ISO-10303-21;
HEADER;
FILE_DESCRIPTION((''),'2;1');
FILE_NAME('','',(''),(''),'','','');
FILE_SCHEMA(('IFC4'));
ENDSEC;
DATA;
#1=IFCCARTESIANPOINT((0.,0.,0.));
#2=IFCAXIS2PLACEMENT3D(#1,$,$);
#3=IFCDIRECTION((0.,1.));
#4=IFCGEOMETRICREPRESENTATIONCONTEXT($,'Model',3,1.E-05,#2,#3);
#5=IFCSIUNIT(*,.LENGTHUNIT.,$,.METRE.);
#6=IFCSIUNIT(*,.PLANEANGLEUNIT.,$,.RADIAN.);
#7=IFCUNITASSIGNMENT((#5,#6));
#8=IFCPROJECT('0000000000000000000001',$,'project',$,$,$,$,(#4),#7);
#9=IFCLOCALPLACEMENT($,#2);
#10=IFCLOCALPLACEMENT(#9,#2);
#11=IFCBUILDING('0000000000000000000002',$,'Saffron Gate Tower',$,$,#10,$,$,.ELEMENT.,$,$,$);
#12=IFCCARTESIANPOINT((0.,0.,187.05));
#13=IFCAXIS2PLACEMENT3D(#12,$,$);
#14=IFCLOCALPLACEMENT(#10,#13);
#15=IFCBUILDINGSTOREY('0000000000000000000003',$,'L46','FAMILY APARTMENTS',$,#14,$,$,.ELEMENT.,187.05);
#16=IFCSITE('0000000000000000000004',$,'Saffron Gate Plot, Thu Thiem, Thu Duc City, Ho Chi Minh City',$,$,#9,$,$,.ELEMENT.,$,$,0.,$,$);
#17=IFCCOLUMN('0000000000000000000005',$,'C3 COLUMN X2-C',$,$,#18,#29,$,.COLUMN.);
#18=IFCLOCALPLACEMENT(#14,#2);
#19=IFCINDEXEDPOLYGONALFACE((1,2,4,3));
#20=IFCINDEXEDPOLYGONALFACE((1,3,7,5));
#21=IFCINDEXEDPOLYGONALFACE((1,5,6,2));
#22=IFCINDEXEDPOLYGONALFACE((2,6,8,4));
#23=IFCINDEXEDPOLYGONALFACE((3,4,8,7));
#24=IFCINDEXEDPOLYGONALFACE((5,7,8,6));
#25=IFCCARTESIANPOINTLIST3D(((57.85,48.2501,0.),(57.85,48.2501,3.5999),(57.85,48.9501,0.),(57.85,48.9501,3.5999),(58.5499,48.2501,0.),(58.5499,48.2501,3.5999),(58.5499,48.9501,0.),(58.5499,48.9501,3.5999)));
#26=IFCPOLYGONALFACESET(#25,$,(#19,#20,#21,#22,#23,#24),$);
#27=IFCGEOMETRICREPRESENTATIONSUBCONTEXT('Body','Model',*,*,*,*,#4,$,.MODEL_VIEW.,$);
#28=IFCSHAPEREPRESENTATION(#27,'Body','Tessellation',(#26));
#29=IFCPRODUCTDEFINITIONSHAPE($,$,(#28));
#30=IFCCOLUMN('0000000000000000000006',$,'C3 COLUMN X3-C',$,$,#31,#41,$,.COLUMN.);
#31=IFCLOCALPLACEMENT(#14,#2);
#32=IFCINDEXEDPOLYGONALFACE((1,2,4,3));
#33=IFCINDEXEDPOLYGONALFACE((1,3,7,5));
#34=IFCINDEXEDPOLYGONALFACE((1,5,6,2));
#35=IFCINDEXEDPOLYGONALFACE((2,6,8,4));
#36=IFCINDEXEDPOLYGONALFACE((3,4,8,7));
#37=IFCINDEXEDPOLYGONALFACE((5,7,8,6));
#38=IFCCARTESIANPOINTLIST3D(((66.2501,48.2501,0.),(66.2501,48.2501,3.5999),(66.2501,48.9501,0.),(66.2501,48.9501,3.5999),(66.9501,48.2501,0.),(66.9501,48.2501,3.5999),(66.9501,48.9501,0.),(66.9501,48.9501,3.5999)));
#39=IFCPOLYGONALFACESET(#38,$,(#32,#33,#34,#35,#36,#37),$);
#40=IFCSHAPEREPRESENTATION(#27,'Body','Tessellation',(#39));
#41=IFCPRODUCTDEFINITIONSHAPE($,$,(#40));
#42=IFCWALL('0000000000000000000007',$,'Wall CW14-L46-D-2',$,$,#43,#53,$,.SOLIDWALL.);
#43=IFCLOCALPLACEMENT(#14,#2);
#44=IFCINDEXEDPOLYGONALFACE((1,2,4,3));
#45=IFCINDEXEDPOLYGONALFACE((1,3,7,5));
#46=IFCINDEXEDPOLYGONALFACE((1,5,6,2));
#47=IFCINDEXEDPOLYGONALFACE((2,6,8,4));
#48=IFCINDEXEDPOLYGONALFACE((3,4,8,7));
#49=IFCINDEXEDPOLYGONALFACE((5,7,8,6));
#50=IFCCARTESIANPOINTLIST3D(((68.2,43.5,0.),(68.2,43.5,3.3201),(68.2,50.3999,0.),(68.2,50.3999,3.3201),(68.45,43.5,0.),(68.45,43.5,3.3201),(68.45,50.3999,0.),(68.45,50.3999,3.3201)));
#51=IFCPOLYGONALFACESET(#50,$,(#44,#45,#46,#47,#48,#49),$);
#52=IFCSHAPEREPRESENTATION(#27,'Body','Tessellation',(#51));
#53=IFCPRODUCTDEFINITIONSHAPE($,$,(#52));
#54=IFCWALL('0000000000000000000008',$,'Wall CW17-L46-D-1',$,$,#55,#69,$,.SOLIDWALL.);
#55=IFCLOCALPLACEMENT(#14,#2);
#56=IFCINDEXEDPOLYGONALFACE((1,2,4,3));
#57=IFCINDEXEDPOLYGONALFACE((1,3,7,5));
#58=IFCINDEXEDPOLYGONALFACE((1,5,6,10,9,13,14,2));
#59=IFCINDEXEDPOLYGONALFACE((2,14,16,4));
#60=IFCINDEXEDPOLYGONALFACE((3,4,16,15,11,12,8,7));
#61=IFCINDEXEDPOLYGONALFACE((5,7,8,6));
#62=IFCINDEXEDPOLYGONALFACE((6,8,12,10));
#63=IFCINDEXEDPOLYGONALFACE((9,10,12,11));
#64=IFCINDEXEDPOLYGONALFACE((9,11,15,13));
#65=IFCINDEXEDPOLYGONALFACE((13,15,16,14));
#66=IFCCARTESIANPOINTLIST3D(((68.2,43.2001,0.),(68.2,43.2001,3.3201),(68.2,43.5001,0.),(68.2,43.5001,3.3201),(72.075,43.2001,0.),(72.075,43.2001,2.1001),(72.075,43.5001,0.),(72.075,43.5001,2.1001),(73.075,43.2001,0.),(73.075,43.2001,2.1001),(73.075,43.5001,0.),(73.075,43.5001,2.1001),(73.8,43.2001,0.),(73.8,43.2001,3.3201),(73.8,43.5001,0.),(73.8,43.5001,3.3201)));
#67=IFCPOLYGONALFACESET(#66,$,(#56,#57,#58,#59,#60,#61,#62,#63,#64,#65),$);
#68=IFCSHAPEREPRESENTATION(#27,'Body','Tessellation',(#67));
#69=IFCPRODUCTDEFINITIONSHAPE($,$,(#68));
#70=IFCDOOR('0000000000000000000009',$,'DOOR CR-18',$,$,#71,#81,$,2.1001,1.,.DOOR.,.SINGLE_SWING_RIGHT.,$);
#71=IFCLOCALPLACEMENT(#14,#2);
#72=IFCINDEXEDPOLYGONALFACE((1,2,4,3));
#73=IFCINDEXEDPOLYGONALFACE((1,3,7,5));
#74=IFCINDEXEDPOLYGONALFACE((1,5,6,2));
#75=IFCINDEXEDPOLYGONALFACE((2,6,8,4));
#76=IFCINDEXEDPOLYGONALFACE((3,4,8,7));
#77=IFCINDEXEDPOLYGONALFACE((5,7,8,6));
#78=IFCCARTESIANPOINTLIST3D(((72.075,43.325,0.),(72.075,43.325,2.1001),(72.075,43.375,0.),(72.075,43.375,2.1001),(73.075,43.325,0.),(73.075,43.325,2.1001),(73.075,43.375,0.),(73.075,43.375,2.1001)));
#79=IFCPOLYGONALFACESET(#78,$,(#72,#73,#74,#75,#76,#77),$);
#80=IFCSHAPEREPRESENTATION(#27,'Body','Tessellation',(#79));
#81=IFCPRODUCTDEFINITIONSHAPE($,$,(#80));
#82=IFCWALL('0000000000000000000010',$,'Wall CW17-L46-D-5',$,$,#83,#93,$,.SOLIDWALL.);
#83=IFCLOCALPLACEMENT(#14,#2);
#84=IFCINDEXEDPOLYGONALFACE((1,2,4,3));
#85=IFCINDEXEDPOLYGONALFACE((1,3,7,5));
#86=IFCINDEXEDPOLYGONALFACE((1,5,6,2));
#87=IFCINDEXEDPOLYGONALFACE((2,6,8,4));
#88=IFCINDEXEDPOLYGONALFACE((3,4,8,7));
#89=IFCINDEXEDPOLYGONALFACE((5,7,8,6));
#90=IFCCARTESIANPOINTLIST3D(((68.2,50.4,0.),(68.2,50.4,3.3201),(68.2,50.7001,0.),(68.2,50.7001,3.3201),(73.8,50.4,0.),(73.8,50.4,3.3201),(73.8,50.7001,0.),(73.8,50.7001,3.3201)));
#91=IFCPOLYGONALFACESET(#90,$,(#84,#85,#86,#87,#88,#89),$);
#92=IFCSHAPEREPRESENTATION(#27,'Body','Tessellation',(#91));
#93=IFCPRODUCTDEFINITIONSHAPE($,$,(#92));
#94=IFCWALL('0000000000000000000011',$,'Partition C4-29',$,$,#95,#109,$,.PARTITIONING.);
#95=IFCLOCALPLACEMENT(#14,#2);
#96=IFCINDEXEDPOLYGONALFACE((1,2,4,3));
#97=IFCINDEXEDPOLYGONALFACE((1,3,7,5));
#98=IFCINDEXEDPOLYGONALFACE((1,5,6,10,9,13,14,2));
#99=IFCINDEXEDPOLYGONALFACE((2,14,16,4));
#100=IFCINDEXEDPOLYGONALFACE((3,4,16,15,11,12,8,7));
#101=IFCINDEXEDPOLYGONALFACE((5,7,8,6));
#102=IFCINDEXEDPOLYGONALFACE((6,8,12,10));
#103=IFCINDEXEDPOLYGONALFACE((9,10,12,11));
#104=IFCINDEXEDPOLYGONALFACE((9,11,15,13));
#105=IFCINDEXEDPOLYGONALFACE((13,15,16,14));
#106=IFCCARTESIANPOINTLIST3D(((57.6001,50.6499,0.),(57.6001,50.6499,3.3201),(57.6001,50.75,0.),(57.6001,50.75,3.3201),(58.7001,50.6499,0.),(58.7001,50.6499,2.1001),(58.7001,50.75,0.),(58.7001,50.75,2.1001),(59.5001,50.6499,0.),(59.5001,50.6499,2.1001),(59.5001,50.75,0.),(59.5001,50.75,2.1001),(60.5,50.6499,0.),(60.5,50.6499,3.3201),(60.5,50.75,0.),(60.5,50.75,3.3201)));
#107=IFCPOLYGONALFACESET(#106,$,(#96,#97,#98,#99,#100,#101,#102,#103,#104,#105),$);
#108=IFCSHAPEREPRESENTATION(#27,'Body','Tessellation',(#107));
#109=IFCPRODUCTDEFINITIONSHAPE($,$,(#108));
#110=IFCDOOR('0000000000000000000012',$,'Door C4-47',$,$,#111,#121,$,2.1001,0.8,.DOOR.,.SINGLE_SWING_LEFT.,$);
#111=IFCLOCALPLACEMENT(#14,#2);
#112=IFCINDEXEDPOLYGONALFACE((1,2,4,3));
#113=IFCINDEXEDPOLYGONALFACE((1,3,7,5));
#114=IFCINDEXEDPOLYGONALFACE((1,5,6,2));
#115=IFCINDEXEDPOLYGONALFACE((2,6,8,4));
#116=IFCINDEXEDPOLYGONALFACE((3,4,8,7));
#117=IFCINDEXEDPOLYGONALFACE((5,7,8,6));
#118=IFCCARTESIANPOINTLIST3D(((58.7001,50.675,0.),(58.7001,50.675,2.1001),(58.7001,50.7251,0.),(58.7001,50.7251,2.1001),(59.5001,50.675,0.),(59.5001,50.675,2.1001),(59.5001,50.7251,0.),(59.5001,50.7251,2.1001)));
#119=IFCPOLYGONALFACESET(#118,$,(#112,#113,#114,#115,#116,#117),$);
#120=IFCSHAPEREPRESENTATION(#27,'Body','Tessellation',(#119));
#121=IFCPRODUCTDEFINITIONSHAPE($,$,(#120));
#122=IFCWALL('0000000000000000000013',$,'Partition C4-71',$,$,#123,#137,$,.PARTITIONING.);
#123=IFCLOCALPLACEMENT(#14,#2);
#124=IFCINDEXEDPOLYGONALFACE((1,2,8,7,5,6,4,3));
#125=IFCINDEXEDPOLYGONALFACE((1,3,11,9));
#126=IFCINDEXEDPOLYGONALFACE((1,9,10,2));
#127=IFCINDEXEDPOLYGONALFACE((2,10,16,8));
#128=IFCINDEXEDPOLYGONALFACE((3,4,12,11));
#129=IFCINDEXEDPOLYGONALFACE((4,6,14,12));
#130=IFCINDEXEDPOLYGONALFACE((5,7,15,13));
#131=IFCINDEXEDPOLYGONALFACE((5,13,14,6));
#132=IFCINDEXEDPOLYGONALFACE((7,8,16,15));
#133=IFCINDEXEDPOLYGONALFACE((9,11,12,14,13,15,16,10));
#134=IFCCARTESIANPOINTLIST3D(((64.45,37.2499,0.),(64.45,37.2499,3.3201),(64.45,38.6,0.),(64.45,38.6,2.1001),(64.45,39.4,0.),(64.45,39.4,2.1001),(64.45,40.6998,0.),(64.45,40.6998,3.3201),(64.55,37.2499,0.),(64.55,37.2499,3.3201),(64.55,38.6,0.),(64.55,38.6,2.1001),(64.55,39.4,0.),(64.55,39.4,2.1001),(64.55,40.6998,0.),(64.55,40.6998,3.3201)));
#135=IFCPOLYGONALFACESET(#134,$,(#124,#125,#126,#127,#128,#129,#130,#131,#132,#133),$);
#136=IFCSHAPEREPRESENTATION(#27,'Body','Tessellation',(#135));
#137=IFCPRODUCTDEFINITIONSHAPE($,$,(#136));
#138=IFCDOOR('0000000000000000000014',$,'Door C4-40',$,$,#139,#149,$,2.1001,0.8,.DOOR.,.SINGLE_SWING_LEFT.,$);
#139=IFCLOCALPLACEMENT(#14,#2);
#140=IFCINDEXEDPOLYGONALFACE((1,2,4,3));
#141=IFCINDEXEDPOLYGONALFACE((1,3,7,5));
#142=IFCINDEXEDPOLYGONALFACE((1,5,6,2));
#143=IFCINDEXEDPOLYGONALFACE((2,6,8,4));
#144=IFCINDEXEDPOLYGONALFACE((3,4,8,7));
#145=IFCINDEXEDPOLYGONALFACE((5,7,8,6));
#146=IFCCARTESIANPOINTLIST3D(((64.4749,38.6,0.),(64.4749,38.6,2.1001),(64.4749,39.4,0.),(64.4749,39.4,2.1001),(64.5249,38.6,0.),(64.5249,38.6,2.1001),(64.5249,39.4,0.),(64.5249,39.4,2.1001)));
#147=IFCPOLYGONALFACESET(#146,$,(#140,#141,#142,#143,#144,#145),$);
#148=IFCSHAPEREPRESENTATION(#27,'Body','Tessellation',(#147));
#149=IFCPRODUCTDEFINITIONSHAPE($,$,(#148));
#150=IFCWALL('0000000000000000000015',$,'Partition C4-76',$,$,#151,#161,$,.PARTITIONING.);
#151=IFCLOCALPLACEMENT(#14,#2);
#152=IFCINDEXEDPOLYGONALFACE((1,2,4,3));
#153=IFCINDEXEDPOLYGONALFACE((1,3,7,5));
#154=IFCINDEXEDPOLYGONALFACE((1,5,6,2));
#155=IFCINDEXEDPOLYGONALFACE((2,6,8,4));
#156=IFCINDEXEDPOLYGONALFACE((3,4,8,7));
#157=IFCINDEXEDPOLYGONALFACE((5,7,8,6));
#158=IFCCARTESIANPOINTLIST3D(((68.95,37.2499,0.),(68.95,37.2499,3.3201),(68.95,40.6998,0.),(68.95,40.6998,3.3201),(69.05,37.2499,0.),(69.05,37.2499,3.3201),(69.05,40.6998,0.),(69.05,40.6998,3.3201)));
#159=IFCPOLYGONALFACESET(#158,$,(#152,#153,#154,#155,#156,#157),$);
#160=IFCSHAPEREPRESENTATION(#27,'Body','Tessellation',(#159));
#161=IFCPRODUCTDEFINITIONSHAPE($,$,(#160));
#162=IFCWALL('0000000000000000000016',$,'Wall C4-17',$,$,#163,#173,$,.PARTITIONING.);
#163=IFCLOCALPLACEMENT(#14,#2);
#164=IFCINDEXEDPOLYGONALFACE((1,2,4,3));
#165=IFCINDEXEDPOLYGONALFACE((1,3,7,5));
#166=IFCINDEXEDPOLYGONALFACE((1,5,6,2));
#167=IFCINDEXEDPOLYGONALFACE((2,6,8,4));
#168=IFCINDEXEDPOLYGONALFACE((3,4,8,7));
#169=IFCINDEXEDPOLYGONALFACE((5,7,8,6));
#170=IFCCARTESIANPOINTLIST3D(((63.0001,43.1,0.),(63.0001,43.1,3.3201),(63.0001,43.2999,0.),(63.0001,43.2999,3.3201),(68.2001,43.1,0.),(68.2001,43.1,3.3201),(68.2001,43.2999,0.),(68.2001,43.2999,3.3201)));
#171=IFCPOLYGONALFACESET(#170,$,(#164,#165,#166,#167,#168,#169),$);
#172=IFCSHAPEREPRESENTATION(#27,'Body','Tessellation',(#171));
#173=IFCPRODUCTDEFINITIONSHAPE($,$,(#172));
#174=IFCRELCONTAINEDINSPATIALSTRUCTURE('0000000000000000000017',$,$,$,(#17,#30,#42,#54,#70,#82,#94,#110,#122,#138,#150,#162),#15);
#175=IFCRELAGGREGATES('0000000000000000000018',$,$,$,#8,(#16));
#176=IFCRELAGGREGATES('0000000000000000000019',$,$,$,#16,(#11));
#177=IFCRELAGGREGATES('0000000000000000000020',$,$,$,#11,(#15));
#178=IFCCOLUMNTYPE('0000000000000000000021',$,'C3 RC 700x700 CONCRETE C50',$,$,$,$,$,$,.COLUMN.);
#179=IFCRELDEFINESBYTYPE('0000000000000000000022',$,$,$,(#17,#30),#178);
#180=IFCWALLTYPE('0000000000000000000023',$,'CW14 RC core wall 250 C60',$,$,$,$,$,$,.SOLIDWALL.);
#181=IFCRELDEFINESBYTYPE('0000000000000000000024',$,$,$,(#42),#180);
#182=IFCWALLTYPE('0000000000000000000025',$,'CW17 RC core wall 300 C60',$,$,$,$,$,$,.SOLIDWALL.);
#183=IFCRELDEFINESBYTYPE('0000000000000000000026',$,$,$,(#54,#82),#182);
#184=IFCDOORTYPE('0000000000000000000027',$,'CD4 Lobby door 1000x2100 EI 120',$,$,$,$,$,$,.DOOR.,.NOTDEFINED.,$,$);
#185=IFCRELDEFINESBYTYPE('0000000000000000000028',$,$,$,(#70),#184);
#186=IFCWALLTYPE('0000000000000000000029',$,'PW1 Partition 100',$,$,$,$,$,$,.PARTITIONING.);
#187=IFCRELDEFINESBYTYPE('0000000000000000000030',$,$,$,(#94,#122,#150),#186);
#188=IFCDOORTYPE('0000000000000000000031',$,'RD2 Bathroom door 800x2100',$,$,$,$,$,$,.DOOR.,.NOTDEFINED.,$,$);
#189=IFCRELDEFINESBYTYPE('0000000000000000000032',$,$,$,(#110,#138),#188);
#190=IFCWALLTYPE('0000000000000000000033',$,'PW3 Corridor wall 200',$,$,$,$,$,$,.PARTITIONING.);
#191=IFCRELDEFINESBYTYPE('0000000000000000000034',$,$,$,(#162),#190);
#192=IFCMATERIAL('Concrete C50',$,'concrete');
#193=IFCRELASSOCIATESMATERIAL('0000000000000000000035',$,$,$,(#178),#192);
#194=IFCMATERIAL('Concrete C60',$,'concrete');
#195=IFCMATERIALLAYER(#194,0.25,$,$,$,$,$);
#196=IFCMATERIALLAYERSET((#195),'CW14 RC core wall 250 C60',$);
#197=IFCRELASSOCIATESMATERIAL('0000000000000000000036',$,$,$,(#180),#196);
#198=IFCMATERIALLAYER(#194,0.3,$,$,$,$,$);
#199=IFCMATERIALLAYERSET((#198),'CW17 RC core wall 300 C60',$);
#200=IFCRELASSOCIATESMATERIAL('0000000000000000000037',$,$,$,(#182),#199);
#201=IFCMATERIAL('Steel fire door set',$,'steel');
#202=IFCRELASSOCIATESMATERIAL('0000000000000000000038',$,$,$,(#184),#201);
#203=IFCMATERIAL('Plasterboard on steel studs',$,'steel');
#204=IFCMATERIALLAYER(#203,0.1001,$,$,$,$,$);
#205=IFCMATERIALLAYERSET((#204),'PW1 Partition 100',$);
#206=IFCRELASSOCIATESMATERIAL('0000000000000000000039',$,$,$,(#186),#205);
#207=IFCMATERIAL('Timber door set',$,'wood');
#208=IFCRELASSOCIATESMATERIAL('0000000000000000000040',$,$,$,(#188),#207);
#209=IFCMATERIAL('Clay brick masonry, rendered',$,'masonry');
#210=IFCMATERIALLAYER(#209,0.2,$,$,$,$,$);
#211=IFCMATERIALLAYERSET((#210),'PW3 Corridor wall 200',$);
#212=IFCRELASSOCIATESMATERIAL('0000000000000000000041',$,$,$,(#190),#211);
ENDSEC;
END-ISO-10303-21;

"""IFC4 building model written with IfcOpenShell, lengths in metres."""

from ifc_helpers import new_model, si_unit, direction, frame, frame_2d, origin, origin_2d, place, context, subcontext, project, spatial, rectangle, extrude, material, layer, layer_set, material_profile, profile_set, type_object, element, fill, save


model = new_model("IFC4")

# Units and contexts
model_context = context("Model", 3, precision=1e-05, world=origin(), true_north=direction((0.0, 1.0)))
body_context = subcontext(model_context, "Body", "Model", "MODEL_VIEW")
ifc_project = project(units=[si_unit("LENGTHUNIT", "METRE"), si_unit("PLANEANGLEUNIT", "RADIAN")], contexts=[model_context])

# Site, building, storey
site_placement = place(None, origin())
site = spatial("IfcSite", under=ifc_project, at=site_placement, Name="Saffron Gate Plot, Thu Thiem, Thu Duc City, Ho Chi Minh City", CompositionType="ELEMENT", RefElevation=0.0)
building_placement = place(site_placement, origin())
building = spatial("IfcBuilding", under=site, at=building_placement, Name="Saffron Gate Tower", CompositionType="ELEMENT")
storey_placement = place(building_placement, frame((0.0, 0.0, 187.05)))
storey = spatial("IfcBuildingStorey", under=building, at=storey_placement, Name="L46", Description="FAMILY APARTMENTS", CompositionType="ELEMENT", Elevation=187.05)

# Columns
ifc_material_1 = material(Name="Concrete C50", Category="concrete")
ifc_material_profile = material_profile(ifc_material_1, rectangle(XDim=0.7, YDim=0.7, at=origin_2d()))
ifc_profile_set = profile_set([ifc_material_profile], Name="Concrete C50")
column_type = type_object("IfcColumnType", Name="C3 RC 700x700 CONCRETE C50", PredefinedType="COLUMN", material=ifc_profile_set)
for number, where, z_axis, x_axis, name in (
    (1, (58.2, 48.6001, 0.0), (0.0, 0.0, 1.0), (1.0, 0.0, 0.0), "C3 COLUMN X2-C"),
    (2, (66.6001, 48.6001, 0.0), (0.0, 0.0, 1.0), (1.0, 0.0, 0.0), "C3 COLUMN X3-C"),
):
    element("IfcColumn", number, at=place(storey_placement, frame(where, z_axis=z_axis, x_axis=x_axis)), inside=storey, type_object=column_type, Name=name, PredefinedType="COLUMN", context=body_context, shape_type="SweptSolid", body=[
        extrude(rectangle(XDim=0.7, YDim=0.7, at=origin_2d()), origin(), (0.0, 0.0, 1.0), 3.5999),
    ])

# Wall
ifc_material_2 = material(Name="Concrete C60", Category="concrete")
ifc_layer_1 = layer(ifc_material_2, 0.25)
ifc_layer_set_1 = layer_set([ifc_layer_1], Name="CW14 RC core wall 250 C60")
wall_type_1 = type_object("IfcWallType", Name="CW14 RC core wall 250 C60", PredefinedType="SOLIDWALL", material=ifc_layer_set_1)
wall_1_placement = place(storey_placement, frame((68.325, 43.5, 0.0), z_axis=(0.0, 0.0, 1.0), x_axis=(0.0, 1.0, 0.0)))
element("IfcWall", 3, at=wall_1_placement, inside=storey, type_object=wall_type_1, Name="Wall CW14-L46-D-2", PredefinedType="SOLIDWALL", context=body_context, shape_type="SweptSolid", body=[
    extrude(rectangle(XDim=6.8999, YDim=0.25, at=frame_2d((3.45, 0.0))), origin(), (0.0, 0.0, 1.0), 3.3201),
])

# Wall, opening, door
ifc_layer_2 = layer(ifc_material_2, 0.3)
ifc_layer_set_2 = layer_set([ifc_layer_2], Name="CW17 RC core wall 300 C60")
wall_type_2 = type_object("IfcWallType", Name="CW17 RC core wall 300 C60", PredefinedType="SOLIDWALL", material=ifc_layer_set_2)
wall_2_placement = place(storey_placement, frame((68.2, 43.3501, 0.0), z_axis=(0.0, 0.0, 1.0), x_axis=(1.0, 0.0, 0.0)))
wall_2 = element("IfcWall", 4, at=wall_2_placement, inside=storey, type_object=wall_type_2, Name="Wall CW17-L46-D-1", PredefinedType="SOLIDWALL", context=body_context, shape_type="SweptSolid", body=[
    extrude(rectangle(XDim=5.6001, YDim=0.3, at=frame_2d((2.8, 0.0))), origin(), (0.0, 0.0, 1.0), 3.3201),
])
opening_1_placement = place(wall_2_placement, frame((3.875, 0.0, 0.0)))
opening_1 = element("IfcOpeningElement", 5, at=opening_1_placement, cuts=wall_2, PredefinedType="OPENING", context=body_context, shape_type="SweptSolid", body=[
    extrude(rectangle(XDim=1.0, YDim=2.1001, at=frame_2d((0.5, 1.05))), frame((0.0, 0.1602, 0.0), z_axis=(0.0, -1.0, 0.0), x_axis=(1.0, 0.0, 0.0)), (0.0, 0.0, 1.0), 0.3201),
])
ifc_material_3 = material(Name="Steel fire door set", Category="steel")
door_type_1 = type_object("IfcDoorType", Name="CD4 Lobby door 1000x2100 EI 120", OperationType="NOTDEFINED", PredefinedType="DOOR", material=ifc_material_3)
door_1_placement = place(opening_1_placement, origin())
door_1 = element("IfcDoor", 6, at=door_1_placement, inside=storey, type_object=door_type_1, Name="DOOR CR-18", OperationType="SINGLE_SWING_RIGHT", OverallHeight=2.1001, OverallWidth=1.0, PredefinedType="DOOR", context=body_context, shape_type="SweptSolid", body=[
    extrude(rectangle(XDim=1.0, YDim=2.1001, at=frame_2d((0.5, 1.05))), frame((0.0, 0.0249, 0.0), z_axis=(0.0, -1.0, 0.0), x_axis=(1.0, 0.0, 0.0)), (0.0, 0.0, 1.0), 0.05),
])
fill(opening_1, door_1)

# Wall
wall_3_placement = place(storey_placement, frame((68.2, 50.55, 0.0), z_axis=(0.0, 0.0, 1.0), x_axis=(1.0, 0.0, 0.0)))
element("IfcWall", 7, at=wall_3_placement, inside=storey, type_object=wall_type_2, Name="Wall CW17-L46-D-5", PredefinedType="SOLIDWALL", context=body_context, shape_type="SweptSolid", body=[
    extrude(rectangle(XDim=5.6001, YDim=0.3, at=frame_2d((2.8, 0.0))), origin(), (0.0, 0.0, 1.0), 3.3201),
])

# Walls, openings, doors
ifc_material_4 = material(Name="Plasterboard on steel studs", Category="steel")
ifc_layer_3 = layer(ifc_material_4, 0.1001)
ifc_layer_set_3 = layer_set([ifc_layer_3], Name="PW1 Partition 100")
wall_type_3 = type_object("IfcWallType", Name="PW1 Partition 100", PredefinedType="PARTITIONING", material=ifc_layer_set_3)
wall_4_placement = place(storey_placement, frame((60.5, 50.7, 0.0), z_axis=(0.0, 0.0, 1.0), x_axis=(-1.0, 0.0, 0.0)))
wall_4 = element("IfcWall", 8, at=wall_4_placement, inside=storey, type_object=wall_type_3, Name="Partition C4-29", PredefinedType="PARTITIONING", context=body_context, shape_type="SweptSolid", body=[
    extrude(rectangle(XDim=2.8999, YDim=0.1001, at=frame_2d((1.45, 0.0))), origin(), (0.0, 0.0, 1.0), 3.3201),
])
opening_2_placement = place(wall_4_placement, frame((1.0, 0.0, 0.0)))
opening_2 = element("IfcOpeningElement", 9, at=opening_2_placement, cuts=wall_4, PredefinedType="OPENING", context=body_context, shape_type="SweptSolid", body=[
    extrude(rectangle(XDim=0.8, YDim=2.1001, at=frame_2d((0.3999, 1.05))), frame((0.0, 0.0601, 0.0), z_axis=(0.0, -1.0, 0.0), x_axis=(1.0, 0.0, 0.0)), (0.0, 0.0, 1.0), 0.1201),
])
ifc_material_5 = material(Name="Timber door set", Category="wood")
door_type_2 = type_object("IfcDoorType", Name="RD2 Bathroom door 800x2100", OperationType="NOTDEFINED", PredefinedType="DOOR", material=ifc_material_5)
door_2_placement = place(opening_2_placement, origin())
door_2 = element("IfcDoor", 10, at=door_2_placement, inside=storey, type_object=door_type_2, Name="Door C4-47", OperationType="SINGLE_SWING_LEFT", OverallHeight=2.1001, OverallWidth=0.8, PredefinedType="DOOR", context=body_context, shape_type="SweptSolid", body=[
    extrude(rectangle(XDim=0.8, YDim=2.1001, at=frame_2d((0.3999, 1.05))), frame((0.0, 0.0249, 0.0), z_axis=(0.0, -1.0, 0.0), x_axis=(1.0, 0.0, 0.0)), (0.0, 0.0, 1.0), 0.05),
])
fill(opening_2, door_2)
wall_5_placement = place(storey_placement, frame((64.5, 40.7, 0.0), z_axis=(0.0, 0.0, 1.0), x_axis=(0.0, -1.0, 0.0)))
wall_5 = element("IfcWall", 11, at=wall_5_placement, inside=storey, type_object=wall_type_3, Name="Partition C4-71", PredefinedType="PARTITIONING", context=body_context, shape_type="SweptSolid", body=[
    extrude(rectangle(XDim=3.45, YDim=0.1001, at=frame_2d((1.7251, 0.0))), origin(), (0.0, 0.0, 1.0), 3.3201),
])
opening_3_placement = place(wall_5_placement, frame((1.3, 0.0, 0.0)))
opening_3 = element("IfcOpeningElement", 12, at=opening_3_placement, cuts=wall_5, PredefinedType="OPENING", context=body_context, shape_type="SweptSolid", body=[
    extrude(rectangle(XDim=0.8, YDim=2.1001, at=frame_2d((0.3999, 1.05))), frame((0.0, 0.0601, 0.0), z_axis=(0.0, -1.0, 0.0), x_axis=(1.0, 0.0, 0.0)), (0.0, 0.0, 1.0), 0.1201),
])
door_3_placement = place(opening_3_placement, origin())
door_3 = element("IfcDoor", 13, at=door_3_placement, inside=storey, type_object=door_type_2, Name="Door C4-40", OperationType="SINGLE_SWING_LEFT", OverallHeight=2.1001, OverallWidth=0.8, PredefinedType="DOOR", context=body_context, shape_type="SweptSolid", body=[
    extrude(rectangle(XDim=0.8, YDim=2.1001, at=frame_2d((0.3999, 1.05))), frame((0.0, 0.0249, 0.0), z_axis=(0.0, -1.0, 0.0), x_axis=(1.0, 0.0, 0.0)), (0.0, 0.0, 1.0), 0.05),
])
fill(opening_3, door_3)

# Walls
wall_6_placement = place(storey_placement, frame((69.0, 40.7, 0.0), z_axis=(0.0, 0.0, 1.0), x_axis=(0.0, -1.0, 0.0)))
element("IfcWall", 14, at=wall_6_placement, inside=storey, type_object=wall_type_3, Name="Partition C4-76", PredefinedType="PARTITIONING", context=body_context, shape_type="SweptSolid", body=[
    extrude(rectangle(XDim=3.45, YDim=0.1001, at=frame_2d((1.7251, 0.0))), origin(), (0.0, 0.0, 1.0), 3.3201),
])
ifc_material_6 = material(Name="Clay brick masonry, rendered", Category="masonry")
ifc_layer_4 = layer(ifc_material_6, 0.2)
ifc_layer_set_4 = layer_set([ifc_layer_4], Name="PW3 Corridor wall 200")
wall_type_4 = type_object("IfcWallType", Name="PW3 Corridor wall 200", PredefinedType="PARTITIONING", material=ifc_layer_set_4)
wall_7_placement = place(storey_placement, frame((63.0, 43.2, 0.0), z_axis=(0.0, 0.0, 1.0), x_axis=(1.0, 0.0, 0.0)))
element("IfcWall", 15, at=wall_7_placement, inside=storey, type_object=wall_type_4, Name="Wall C4-17", PredefinedType="PARTITIONING", context=body_context, shape_type="SweptSolid", body=[
    extrude(rectangle(XDim=5.2, YDim=0.2, at=frame_2d((2.6001, 0.0))), origin(), (0.0, 0.0, 1.0), 3.3201),
])

save(model, "model.ifc")
